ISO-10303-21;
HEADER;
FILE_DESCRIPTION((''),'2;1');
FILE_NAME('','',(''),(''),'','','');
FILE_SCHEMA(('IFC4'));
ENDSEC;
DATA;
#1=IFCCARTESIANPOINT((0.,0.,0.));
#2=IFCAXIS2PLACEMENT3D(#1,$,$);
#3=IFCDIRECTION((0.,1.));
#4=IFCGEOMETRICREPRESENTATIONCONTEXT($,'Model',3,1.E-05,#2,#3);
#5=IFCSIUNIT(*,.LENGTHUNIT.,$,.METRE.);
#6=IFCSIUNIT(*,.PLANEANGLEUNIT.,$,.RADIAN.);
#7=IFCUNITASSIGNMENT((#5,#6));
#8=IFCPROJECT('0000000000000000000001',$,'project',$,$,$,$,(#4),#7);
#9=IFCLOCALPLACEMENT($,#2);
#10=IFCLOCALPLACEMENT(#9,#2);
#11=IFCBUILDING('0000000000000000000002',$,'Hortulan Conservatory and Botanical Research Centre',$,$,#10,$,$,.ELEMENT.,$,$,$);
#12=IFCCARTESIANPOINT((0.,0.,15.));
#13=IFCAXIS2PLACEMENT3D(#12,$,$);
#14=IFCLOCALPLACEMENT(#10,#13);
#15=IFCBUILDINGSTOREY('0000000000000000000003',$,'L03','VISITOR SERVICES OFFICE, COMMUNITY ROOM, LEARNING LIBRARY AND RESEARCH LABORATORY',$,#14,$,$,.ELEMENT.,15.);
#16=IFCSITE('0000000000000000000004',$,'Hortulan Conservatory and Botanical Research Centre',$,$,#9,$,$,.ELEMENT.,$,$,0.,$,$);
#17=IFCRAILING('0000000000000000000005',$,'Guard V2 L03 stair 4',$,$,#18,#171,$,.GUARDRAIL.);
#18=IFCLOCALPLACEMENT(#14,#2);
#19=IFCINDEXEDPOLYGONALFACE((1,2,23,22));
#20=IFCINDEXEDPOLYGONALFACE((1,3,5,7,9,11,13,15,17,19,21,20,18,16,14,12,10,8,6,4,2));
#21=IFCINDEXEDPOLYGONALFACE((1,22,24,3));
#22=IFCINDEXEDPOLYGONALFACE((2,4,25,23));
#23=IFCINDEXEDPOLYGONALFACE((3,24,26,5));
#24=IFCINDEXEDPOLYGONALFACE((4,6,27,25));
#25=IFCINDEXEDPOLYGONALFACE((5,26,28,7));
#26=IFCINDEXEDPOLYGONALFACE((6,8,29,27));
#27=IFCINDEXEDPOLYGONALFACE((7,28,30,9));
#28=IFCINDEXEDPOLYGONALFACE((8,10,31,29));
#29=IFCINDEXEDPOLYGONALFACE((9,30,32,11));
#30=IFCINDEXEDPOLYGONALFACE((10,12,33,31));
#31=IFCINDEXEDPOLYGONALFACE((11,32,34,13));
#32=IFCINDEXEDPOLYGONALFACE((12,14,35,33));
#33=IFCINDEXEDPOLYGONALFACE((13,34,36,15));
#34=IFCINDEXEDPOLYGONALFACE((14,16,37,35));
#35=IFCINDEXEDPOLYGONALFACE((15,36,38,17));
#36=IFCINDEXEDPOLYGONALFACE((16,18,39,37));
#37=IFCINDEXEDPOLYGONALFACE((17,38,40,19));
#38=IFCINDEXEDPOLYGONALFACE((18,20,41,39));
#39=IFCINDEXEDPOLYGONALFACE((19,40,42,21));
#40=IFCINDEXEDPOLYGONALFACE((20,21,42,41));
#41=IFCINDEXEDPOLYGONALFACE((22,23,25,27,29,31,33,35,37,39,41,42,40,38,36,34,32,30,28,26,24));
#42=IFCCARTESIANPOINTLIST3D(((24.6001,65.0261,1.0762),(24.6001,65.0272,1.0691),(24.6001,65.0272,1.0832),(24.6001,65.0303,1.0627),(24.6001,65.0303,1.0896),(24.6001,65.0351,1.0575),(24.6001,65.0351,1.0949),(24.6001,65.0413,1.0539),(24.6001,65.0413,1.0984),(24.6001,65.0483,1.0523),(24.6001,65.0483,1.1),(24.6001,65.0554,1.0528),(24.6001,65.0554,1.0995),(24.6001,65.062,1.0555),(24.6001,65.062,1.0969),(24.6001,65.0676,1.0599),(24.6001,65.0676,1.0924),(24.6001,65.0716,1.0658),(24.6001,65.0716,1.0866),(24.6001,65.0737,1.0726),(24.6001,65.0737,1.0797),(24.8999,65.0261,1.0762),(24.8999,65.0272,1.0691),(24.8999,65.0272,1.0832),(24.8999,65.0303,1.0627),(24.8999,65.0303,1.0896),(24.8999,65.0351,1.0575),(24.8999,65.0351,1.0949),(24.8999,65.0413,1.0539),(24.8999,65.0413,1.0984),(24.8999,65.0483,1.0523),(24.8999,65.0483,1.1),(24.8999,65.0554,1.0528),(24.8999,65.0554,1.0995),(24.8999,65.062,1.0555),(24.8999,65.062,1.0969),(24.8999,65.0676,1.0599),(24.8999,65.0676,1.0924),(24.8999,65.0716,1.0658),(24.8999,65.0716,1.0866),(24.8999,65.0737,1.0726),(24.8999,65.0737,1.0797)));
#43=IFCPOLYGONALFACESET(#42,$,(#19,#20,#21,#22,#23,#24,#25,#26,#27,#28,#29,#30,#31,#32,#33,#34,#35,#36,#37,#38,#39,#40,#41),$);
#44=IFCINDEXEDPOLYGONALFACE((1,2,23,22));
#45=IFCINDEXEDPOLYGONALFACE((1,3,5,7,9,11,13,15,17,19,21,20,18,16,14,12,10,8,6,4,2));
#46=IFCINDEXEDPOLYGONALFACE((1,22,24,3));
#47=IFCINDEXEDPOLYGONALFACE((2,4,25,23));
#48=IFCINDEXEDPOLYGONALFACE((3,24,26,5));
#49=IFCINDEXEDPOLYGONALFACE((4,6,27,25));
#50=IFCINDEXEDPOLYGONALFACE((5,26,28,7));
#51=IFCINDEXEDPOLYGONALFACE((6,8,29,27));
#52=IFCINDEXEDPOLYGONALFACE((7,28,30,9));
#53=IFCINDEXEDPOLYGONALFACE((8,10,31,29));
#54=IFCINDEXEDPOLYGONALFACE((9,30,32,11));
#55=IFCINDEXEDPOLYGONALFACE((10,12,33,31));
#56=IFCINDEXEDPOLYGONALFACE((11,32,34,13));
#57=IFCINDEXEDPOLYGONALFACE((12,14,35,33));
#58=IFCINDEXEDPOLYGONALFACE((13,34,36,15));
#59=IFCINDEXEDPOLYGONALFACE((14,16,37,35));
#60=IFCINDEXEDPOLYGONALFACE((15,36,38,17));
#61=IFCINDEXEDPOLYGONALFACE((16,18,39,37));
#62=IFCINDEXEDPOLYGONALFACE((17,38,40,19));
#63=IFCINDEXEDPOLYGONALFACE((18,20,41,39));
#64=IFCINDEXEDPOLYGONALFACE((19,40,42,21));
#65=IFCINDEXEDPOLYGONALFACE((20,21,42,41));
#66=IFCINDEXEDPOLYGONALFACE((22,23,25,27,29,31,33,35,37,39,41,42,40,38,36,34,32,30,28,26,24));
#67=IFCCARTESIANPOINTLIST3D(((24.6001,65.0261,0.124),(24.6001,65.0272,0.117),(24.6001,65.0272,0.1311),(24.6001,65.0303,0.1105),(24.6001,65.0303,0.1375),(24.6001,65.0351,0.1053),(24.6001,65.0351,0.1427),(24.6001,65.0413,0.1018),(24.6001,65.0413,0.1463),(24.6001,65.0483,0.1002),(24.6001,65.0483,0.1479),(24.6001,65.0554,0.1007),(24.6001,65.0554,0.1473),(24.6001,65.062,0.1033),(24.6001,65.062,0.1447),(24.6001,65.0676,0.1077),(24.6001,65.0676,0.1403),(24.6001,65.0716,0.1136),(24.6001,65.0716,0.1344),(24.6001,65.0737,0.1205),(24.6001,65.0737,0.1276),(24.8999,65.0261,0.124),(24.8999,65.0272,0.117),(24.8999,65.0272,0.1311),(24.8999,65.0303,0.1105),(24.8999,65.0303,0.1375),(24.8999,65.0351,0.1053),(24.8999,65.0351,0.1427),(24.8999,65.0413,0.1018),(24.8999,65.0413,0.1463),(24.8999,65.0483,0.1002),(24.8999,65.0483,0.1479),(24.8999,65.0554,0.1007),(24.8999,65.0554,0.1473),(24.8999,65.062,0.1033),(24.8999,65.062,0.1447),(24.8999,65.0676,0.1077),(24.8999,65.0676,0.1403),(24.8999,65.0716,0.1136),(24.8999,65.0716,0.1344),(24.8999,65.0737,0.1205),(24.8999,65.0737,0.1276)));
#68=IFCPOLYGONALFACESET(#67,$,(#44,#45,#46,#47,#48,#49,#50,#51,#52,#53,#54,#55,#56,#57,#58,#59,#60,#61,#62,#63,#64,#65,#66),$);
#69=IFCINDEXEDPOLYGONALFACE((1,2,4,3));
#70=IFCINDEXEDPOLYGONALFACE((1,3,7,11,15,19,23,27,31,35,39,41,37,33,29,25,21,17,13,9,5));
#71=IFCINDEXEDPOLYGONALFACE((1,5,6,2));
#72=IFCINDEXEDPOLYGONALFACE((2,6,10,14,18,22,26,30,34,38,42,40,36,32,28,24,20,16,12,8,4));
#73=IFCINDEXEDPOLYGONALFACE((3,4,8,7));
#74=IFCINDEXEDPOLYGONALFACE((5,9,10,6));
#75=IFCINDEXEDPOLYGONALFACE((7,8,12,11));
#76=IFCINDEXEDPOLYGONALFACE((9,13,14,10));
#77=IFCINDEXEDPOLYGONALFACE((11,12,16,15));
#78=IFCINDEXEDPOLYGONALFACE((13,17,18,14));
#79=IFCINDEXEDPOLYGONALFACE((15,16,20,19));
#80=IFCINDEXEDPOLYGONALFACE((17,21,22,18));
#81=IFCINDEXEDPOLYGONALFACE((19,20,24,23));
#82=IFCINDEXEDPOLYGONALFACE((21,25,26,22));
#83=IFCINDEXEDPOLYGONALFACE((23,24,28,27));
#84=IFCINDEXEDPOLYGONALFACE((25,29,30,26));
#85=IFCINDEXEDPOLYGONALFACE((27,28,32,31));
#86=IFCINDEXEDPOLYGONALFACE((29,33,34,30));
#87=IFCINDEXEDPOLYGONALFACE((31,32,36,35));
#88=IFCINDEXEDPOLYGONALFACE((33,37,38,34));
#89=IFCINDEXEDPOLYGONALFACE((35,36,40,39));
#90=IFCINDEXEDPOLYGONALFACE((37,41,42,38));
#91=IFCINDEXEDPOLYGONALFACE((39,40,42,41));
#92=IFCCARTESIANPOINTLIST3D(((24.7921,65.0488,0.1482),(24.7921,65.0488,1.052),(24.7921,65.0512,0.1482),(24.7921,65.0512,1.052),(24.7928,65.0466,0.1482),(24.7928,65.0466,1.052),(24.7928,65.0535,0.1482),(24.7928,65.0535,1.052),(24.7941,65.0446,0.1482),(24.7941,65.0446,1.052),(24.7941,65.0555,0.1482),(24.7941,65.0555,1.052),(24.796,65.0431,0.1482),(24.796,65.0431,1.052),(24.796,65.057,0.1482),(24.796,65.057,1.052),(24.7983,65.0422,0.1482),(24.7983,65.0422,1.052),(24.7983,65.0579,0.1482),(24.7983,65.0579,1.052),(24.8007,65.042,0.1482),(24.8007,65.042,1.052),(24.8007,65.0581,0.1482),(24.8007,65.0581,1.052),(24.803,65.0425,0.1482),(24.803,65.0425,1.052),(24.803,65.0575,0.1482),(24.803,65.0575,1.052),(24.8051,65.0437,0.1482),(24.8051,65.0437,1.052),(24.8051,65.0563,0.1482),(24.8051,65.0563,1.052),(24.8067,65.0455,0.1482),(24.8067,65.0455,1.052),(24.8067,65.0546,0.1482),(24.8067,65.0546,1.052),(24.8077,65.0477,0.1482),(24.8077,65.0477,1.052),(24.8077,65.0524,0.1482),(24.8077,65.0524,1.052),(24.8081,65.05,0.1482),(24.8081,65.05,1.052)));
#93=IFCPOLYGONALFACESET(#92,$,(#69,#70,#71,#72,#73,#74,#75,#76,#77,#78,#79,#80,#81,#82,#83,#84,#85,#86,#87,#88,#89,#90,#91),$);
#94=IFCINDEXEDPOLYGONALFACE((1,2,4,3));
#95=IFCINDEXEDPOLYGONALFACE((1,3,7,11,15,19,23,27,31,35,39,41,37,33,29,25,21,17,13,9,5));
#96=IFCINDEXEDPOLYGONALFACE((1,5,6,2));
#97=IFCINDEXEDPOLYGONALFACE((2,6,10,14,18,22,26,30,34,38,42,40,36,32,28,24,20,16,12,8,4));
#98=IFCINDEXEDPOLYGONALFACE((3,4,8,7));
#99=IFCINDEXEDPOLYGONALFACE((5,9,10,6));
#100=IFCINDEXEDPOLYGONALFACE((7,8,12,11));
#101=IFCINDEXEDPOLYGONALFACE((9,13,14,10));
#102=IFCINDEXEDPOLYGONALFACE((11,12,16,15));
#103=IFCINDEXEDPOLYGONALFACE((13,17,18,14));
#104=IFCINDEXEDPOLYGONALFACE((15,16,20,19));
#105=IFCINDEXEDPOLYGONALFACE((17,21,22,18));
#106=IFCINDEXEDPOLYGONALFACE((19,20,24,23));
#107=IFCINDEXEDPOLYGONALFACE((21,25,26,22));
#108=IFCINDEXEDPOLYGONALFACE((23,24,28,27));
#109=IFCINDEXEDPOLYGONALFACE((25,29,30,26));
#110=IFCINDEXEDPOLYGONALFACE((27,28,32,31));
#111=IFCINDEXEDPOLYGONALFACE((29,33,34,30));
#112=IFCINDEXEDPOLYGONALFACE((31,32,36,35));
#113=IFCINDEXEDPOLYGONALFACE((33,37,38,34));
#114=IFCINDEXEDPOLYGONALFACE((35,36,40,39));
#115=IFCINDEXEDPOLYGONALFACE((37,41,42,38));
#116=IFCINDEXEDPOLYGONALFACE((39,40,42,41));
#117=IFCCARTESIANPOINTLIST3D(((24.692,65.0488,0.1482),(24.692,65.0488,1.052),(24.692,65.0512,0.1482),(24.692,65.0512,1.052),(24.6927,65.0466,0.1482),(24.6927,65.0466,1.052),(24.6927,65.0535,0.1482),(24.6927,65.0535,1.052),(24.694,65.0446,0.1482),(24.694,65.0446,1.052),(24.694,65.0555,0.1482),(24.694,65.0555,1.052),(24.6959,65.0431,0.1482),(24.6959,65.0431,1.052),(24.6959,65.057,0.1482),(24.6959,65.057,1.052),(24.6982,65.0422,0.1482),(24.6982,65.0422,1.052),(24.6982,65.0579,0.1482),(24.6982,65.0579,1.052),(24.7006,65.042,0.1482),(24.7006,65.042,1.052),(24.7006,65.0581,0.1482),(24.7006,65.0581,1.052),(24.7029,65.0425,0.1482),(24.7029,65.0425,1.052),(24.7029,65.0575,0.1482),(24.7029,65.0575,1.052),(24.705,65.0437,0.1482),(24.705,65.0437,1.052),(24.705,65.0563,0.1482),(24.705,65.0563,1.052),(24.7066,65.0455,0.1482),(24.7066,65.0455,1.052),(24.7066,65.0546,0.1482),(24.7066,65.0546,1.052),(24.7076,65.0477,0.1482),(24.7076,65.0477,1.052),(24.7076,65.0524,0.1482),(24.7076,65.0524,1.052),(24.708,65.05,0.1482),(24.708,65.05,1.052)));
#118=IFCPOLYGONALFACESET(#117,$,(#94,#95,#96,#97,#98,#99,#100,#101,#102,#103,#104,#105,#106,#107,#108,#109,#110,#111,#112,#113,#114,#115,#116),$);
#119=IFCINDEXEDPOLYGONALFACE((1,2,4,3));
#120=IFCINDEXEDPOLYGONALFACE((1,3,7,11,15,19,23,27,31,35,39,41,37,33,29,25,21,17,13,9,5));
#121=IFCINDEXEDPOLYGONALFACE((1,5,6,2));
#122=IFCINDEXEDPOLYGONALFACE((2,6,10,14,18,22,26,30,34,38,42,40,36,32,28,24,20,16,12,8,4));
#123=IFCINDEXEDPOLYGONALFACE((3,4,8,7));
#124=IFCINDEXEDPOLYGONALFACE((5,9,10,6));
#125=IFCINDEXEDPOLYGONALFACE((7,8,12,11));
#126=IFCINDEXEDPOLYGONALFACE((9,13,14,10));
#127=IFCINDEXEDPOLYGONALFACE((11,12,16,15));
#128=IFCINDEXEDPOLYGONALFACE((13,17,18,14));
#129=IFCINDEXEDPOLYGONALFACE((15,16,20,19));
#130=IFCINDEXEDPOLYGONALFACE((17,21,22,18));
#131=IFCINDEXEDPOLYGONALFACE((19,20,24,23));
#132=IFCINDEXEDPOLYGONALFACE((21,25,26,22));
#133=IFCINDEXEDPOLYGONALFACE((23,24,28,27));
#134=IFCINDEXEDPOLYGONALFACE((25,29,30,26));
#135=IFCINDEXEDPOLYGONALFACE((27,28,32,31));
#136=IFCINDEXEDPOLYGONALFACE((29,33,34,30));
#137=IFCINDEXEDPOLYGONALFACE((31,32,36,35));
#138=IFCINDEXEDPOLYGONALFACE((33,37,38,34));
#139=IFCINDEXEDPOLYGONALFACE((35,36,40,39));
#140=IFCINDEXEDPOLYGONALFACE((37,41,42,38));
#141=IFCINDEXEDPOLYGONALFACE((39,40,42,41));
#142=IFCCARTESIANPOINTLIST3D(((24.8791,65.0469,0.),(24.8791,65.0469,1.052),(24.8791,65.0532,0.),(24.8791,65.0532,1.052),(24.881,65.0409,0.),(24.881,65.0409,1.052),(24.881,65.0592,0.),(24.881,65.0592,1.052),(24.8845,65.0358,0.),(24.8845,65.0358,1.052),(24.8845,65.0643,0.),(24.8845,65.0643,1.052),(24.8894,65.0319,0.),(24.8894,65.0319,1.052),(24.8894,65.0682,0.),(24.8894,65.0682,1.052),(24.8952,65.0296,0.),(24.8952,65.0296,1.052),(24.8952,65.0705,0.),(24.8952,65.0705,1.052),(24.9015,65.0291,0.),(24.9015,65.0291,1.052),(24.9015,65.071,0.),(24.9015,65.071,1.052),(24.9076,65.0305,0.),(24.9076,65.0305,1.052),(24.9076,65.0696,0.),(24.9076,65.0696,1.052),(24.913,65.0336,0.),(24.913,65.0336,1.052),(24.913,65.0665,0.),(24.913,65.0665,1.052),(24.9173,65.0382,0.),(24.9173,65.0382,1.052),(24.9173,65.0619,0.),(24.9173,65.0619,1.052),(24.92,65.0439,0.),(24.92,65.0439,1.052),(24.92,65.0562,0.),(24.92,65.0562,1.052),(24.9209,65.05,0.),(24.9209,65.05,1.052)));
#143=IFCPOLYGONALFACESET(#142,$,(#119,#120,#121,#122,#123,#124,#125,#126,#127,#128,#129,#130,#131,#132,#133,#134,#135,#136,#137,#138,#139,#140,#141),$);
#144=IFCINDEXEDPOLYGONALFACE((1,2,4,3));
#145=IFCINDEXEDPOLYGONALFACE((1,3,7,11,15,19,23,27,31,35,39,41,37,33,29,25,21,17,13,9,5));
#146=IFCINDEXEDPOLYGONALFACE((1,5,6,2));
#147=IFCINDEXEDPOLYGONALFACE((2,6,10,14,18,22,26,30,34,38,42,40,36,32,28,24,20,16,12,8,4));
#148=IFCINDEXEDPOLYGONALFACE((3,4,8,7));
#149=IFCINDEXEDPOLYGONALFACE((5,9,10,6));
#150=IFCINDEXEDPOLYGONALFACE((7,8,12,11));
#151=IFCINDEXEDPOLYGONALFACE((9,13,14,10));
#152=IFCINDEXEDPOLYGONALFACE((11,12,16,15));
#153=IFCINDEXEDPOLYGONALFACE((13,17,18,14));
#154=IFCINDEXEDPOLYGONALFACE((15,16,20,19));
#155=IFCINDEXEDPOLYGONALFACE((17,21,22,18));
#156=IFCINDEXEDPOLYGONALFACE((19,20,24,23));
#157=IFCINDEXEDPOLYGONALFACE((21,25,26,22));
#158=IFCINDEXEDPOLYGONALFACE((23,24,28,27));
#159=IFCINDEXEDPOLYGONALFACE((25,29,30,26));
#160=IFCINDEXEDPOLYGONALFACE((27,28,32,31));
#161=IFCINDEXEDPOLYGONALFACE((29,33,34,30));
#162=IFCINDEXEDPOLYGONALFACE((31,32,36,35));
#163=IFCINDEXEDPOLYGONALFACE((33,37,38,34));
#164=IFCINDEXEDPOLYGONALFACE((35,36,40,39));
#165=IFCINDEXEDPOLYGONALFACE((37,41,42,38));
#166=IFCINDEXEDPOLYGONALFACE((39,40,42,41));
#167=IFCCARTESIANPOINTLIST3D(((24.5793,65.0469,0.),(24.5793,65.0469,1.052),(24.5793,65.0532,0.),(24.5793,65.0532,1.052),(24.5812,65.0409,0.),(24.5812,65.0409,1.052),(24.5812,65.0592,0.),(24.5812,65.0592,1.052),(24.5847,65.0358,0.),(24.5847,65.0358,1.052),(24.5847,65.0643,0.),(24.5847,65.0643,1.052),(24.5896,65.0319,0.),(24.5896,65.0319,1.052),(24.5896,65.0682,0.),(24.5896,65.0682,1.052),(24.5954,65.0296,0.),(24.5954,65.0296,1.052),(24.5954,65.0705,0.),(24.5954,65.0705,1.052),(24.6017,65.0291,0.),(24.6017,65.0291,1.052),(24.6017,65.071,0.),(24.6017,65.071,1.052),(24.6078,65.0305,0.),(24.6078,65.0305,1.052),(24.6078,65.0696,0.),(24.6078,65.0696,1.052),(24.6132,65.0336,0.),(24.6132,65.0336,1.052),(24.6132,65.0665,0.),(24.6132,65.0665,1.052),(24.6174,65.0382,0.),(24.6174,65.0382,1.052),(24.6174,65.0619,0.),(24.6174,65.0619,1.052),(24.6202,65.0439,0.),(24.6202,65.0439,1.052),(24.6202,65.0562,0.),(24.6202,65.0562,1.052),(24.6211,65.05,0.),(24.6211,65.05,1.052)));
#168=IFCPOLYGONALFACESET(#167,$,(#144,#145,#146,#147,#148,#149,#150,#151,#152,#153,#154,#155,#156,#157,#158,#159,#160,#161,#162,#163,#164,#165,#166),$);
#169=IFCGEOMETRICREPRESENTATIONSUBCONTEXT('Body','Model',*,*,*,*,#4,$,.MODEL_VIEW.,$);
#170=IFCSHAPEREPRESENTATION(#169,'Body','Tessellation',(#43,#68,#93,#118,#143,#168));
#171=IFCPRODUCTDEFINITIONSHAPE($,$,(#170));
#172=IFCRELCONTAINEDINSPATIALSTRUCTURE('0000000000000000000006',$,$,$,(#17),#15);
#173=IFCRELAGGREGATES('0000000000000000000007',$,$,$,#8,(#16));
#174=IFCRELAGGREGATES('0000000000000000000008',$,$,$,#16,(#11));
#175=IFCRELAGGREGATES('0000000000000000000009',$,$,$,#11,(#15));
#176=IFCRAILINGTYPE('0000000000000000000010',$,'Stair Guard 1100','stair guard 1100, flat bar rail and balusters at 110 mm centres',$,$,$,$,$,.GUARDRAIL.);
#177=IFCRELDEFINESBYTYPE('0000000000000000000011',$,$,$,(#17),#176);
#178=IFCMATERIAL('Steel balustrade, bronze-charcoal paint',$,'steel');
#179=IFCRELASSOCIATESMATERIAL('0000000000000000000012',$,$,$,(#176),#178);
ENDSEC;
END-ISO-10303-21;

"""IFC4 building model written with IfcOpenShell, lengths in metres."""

from ifc_helpers import new_model, si_unit, direction, frame, origin, origin_2d, place, context, subcontext, project, spatial, circle, extrude, material, type_object, element, save


model = new_model("IFC4")

# Units and contexts
model_context = context("Model", 3, precision=1e-05, world=origin(), true_north=direction((0.0, 1.0)))
body_context = subcontext(model_context, "Body", "Model", "MODEL_VIEW")
ifc_project = project(units=[si_unit("LENGTHUNIT", "METRE"), si_unit("PLANEANGLEUNIT", "RADIAN")], contexts=[model_context])

# Site, building, storey
site_placement = place(None, origin())
site = spatial("IfcSite", under=ifc_project, at=site_placement, Name="Hortulan Conservatory and Botanical Research Centre", CompositionType="ELEMENT", RefElevation=0.0)
building_placement = place(site_placement, origin())
building = spatial("IfcBuilding", under=site, at=building_placement, Name="Hortulan Conservatory and Botanical Research Centre", CompositionType="ELEMENT")
storey_placement = place(building_placement, frame((0.0, 0.0, 15.0)))
storey = spatial("IfcBuildingStorey", under=building, at=storey_placement, Name="L03", Description="VISITOR SERVICES OFFICE, COMMUNITY ROOM, LEARNING LIBRARY AND RESEARCH LABORATORY", CompositionType="ELEMENT", Elevation=15.0)

# Railing
ifc_material_1 = material(Name="Steel balustrade, bronze-charcoal paint", Category="steel")
railing_type_1 = type_object("IfcRailingType", Name="Stair Guard 1100", Description="stair guard 1100, flat bar rail and balusters at 110 mm centres", PredefinedType="GUARDRAIL", material=ifc_material_1)
railing_1_placement = place(storey_placement, frame((24.8999, 65.05, 0.0)))
element("IfcRailing", 1, at=railing_1_placement, inside=storey, type_object=railing_type_1, Name="Guard V2 L03 stair 4", PredefinedType="GUARDRAIL", context=body_context, shape_type="SweptSolid", body=[
    extrude(circle(Radius=0.0239, at=origin_2d()), frame((0.0, 0.0, 1.0762), z_axis=(-1.0, 0.0, 0.0), x_axis=(0.0, -1.0, 0.0)), (0.0, 0.0, 1.0), 0.2998),
    extrude(circle(Radius=0.0239, at=origin_2d()), frame((0.0, 0.0, 0.124), z_axis=(-1.0, 0.0, 0.0), x_axis=(0.0, -1.0, 0.0)), (0.0, 0.0, 1.0), 0.2998),
    extrude(circle(Radius=0.0081, at=origin_2d()), frame((-0.0999, 0.0, 0.1482)), (0.0, 0.0, 1.0), 0.9038),
    extrude(circle(Radius=0.0081, at=origin_2d()), frame((-0.2, 0.0, 0.1482)), (0.0, 0.0, 1.0), 0.9038),
    extrude(circle(Radius=0.021, at=origin_2d()), origin(), (0.0, 0.0, 1.0), 1.052),
    extrude(circle(Radius=0.021, at=origin_2d()), frame((-0.2998, 0.0, 0.0)), (0.0, 0.0, 1.0), 1.052),
])

save(model, "model.ifc")
